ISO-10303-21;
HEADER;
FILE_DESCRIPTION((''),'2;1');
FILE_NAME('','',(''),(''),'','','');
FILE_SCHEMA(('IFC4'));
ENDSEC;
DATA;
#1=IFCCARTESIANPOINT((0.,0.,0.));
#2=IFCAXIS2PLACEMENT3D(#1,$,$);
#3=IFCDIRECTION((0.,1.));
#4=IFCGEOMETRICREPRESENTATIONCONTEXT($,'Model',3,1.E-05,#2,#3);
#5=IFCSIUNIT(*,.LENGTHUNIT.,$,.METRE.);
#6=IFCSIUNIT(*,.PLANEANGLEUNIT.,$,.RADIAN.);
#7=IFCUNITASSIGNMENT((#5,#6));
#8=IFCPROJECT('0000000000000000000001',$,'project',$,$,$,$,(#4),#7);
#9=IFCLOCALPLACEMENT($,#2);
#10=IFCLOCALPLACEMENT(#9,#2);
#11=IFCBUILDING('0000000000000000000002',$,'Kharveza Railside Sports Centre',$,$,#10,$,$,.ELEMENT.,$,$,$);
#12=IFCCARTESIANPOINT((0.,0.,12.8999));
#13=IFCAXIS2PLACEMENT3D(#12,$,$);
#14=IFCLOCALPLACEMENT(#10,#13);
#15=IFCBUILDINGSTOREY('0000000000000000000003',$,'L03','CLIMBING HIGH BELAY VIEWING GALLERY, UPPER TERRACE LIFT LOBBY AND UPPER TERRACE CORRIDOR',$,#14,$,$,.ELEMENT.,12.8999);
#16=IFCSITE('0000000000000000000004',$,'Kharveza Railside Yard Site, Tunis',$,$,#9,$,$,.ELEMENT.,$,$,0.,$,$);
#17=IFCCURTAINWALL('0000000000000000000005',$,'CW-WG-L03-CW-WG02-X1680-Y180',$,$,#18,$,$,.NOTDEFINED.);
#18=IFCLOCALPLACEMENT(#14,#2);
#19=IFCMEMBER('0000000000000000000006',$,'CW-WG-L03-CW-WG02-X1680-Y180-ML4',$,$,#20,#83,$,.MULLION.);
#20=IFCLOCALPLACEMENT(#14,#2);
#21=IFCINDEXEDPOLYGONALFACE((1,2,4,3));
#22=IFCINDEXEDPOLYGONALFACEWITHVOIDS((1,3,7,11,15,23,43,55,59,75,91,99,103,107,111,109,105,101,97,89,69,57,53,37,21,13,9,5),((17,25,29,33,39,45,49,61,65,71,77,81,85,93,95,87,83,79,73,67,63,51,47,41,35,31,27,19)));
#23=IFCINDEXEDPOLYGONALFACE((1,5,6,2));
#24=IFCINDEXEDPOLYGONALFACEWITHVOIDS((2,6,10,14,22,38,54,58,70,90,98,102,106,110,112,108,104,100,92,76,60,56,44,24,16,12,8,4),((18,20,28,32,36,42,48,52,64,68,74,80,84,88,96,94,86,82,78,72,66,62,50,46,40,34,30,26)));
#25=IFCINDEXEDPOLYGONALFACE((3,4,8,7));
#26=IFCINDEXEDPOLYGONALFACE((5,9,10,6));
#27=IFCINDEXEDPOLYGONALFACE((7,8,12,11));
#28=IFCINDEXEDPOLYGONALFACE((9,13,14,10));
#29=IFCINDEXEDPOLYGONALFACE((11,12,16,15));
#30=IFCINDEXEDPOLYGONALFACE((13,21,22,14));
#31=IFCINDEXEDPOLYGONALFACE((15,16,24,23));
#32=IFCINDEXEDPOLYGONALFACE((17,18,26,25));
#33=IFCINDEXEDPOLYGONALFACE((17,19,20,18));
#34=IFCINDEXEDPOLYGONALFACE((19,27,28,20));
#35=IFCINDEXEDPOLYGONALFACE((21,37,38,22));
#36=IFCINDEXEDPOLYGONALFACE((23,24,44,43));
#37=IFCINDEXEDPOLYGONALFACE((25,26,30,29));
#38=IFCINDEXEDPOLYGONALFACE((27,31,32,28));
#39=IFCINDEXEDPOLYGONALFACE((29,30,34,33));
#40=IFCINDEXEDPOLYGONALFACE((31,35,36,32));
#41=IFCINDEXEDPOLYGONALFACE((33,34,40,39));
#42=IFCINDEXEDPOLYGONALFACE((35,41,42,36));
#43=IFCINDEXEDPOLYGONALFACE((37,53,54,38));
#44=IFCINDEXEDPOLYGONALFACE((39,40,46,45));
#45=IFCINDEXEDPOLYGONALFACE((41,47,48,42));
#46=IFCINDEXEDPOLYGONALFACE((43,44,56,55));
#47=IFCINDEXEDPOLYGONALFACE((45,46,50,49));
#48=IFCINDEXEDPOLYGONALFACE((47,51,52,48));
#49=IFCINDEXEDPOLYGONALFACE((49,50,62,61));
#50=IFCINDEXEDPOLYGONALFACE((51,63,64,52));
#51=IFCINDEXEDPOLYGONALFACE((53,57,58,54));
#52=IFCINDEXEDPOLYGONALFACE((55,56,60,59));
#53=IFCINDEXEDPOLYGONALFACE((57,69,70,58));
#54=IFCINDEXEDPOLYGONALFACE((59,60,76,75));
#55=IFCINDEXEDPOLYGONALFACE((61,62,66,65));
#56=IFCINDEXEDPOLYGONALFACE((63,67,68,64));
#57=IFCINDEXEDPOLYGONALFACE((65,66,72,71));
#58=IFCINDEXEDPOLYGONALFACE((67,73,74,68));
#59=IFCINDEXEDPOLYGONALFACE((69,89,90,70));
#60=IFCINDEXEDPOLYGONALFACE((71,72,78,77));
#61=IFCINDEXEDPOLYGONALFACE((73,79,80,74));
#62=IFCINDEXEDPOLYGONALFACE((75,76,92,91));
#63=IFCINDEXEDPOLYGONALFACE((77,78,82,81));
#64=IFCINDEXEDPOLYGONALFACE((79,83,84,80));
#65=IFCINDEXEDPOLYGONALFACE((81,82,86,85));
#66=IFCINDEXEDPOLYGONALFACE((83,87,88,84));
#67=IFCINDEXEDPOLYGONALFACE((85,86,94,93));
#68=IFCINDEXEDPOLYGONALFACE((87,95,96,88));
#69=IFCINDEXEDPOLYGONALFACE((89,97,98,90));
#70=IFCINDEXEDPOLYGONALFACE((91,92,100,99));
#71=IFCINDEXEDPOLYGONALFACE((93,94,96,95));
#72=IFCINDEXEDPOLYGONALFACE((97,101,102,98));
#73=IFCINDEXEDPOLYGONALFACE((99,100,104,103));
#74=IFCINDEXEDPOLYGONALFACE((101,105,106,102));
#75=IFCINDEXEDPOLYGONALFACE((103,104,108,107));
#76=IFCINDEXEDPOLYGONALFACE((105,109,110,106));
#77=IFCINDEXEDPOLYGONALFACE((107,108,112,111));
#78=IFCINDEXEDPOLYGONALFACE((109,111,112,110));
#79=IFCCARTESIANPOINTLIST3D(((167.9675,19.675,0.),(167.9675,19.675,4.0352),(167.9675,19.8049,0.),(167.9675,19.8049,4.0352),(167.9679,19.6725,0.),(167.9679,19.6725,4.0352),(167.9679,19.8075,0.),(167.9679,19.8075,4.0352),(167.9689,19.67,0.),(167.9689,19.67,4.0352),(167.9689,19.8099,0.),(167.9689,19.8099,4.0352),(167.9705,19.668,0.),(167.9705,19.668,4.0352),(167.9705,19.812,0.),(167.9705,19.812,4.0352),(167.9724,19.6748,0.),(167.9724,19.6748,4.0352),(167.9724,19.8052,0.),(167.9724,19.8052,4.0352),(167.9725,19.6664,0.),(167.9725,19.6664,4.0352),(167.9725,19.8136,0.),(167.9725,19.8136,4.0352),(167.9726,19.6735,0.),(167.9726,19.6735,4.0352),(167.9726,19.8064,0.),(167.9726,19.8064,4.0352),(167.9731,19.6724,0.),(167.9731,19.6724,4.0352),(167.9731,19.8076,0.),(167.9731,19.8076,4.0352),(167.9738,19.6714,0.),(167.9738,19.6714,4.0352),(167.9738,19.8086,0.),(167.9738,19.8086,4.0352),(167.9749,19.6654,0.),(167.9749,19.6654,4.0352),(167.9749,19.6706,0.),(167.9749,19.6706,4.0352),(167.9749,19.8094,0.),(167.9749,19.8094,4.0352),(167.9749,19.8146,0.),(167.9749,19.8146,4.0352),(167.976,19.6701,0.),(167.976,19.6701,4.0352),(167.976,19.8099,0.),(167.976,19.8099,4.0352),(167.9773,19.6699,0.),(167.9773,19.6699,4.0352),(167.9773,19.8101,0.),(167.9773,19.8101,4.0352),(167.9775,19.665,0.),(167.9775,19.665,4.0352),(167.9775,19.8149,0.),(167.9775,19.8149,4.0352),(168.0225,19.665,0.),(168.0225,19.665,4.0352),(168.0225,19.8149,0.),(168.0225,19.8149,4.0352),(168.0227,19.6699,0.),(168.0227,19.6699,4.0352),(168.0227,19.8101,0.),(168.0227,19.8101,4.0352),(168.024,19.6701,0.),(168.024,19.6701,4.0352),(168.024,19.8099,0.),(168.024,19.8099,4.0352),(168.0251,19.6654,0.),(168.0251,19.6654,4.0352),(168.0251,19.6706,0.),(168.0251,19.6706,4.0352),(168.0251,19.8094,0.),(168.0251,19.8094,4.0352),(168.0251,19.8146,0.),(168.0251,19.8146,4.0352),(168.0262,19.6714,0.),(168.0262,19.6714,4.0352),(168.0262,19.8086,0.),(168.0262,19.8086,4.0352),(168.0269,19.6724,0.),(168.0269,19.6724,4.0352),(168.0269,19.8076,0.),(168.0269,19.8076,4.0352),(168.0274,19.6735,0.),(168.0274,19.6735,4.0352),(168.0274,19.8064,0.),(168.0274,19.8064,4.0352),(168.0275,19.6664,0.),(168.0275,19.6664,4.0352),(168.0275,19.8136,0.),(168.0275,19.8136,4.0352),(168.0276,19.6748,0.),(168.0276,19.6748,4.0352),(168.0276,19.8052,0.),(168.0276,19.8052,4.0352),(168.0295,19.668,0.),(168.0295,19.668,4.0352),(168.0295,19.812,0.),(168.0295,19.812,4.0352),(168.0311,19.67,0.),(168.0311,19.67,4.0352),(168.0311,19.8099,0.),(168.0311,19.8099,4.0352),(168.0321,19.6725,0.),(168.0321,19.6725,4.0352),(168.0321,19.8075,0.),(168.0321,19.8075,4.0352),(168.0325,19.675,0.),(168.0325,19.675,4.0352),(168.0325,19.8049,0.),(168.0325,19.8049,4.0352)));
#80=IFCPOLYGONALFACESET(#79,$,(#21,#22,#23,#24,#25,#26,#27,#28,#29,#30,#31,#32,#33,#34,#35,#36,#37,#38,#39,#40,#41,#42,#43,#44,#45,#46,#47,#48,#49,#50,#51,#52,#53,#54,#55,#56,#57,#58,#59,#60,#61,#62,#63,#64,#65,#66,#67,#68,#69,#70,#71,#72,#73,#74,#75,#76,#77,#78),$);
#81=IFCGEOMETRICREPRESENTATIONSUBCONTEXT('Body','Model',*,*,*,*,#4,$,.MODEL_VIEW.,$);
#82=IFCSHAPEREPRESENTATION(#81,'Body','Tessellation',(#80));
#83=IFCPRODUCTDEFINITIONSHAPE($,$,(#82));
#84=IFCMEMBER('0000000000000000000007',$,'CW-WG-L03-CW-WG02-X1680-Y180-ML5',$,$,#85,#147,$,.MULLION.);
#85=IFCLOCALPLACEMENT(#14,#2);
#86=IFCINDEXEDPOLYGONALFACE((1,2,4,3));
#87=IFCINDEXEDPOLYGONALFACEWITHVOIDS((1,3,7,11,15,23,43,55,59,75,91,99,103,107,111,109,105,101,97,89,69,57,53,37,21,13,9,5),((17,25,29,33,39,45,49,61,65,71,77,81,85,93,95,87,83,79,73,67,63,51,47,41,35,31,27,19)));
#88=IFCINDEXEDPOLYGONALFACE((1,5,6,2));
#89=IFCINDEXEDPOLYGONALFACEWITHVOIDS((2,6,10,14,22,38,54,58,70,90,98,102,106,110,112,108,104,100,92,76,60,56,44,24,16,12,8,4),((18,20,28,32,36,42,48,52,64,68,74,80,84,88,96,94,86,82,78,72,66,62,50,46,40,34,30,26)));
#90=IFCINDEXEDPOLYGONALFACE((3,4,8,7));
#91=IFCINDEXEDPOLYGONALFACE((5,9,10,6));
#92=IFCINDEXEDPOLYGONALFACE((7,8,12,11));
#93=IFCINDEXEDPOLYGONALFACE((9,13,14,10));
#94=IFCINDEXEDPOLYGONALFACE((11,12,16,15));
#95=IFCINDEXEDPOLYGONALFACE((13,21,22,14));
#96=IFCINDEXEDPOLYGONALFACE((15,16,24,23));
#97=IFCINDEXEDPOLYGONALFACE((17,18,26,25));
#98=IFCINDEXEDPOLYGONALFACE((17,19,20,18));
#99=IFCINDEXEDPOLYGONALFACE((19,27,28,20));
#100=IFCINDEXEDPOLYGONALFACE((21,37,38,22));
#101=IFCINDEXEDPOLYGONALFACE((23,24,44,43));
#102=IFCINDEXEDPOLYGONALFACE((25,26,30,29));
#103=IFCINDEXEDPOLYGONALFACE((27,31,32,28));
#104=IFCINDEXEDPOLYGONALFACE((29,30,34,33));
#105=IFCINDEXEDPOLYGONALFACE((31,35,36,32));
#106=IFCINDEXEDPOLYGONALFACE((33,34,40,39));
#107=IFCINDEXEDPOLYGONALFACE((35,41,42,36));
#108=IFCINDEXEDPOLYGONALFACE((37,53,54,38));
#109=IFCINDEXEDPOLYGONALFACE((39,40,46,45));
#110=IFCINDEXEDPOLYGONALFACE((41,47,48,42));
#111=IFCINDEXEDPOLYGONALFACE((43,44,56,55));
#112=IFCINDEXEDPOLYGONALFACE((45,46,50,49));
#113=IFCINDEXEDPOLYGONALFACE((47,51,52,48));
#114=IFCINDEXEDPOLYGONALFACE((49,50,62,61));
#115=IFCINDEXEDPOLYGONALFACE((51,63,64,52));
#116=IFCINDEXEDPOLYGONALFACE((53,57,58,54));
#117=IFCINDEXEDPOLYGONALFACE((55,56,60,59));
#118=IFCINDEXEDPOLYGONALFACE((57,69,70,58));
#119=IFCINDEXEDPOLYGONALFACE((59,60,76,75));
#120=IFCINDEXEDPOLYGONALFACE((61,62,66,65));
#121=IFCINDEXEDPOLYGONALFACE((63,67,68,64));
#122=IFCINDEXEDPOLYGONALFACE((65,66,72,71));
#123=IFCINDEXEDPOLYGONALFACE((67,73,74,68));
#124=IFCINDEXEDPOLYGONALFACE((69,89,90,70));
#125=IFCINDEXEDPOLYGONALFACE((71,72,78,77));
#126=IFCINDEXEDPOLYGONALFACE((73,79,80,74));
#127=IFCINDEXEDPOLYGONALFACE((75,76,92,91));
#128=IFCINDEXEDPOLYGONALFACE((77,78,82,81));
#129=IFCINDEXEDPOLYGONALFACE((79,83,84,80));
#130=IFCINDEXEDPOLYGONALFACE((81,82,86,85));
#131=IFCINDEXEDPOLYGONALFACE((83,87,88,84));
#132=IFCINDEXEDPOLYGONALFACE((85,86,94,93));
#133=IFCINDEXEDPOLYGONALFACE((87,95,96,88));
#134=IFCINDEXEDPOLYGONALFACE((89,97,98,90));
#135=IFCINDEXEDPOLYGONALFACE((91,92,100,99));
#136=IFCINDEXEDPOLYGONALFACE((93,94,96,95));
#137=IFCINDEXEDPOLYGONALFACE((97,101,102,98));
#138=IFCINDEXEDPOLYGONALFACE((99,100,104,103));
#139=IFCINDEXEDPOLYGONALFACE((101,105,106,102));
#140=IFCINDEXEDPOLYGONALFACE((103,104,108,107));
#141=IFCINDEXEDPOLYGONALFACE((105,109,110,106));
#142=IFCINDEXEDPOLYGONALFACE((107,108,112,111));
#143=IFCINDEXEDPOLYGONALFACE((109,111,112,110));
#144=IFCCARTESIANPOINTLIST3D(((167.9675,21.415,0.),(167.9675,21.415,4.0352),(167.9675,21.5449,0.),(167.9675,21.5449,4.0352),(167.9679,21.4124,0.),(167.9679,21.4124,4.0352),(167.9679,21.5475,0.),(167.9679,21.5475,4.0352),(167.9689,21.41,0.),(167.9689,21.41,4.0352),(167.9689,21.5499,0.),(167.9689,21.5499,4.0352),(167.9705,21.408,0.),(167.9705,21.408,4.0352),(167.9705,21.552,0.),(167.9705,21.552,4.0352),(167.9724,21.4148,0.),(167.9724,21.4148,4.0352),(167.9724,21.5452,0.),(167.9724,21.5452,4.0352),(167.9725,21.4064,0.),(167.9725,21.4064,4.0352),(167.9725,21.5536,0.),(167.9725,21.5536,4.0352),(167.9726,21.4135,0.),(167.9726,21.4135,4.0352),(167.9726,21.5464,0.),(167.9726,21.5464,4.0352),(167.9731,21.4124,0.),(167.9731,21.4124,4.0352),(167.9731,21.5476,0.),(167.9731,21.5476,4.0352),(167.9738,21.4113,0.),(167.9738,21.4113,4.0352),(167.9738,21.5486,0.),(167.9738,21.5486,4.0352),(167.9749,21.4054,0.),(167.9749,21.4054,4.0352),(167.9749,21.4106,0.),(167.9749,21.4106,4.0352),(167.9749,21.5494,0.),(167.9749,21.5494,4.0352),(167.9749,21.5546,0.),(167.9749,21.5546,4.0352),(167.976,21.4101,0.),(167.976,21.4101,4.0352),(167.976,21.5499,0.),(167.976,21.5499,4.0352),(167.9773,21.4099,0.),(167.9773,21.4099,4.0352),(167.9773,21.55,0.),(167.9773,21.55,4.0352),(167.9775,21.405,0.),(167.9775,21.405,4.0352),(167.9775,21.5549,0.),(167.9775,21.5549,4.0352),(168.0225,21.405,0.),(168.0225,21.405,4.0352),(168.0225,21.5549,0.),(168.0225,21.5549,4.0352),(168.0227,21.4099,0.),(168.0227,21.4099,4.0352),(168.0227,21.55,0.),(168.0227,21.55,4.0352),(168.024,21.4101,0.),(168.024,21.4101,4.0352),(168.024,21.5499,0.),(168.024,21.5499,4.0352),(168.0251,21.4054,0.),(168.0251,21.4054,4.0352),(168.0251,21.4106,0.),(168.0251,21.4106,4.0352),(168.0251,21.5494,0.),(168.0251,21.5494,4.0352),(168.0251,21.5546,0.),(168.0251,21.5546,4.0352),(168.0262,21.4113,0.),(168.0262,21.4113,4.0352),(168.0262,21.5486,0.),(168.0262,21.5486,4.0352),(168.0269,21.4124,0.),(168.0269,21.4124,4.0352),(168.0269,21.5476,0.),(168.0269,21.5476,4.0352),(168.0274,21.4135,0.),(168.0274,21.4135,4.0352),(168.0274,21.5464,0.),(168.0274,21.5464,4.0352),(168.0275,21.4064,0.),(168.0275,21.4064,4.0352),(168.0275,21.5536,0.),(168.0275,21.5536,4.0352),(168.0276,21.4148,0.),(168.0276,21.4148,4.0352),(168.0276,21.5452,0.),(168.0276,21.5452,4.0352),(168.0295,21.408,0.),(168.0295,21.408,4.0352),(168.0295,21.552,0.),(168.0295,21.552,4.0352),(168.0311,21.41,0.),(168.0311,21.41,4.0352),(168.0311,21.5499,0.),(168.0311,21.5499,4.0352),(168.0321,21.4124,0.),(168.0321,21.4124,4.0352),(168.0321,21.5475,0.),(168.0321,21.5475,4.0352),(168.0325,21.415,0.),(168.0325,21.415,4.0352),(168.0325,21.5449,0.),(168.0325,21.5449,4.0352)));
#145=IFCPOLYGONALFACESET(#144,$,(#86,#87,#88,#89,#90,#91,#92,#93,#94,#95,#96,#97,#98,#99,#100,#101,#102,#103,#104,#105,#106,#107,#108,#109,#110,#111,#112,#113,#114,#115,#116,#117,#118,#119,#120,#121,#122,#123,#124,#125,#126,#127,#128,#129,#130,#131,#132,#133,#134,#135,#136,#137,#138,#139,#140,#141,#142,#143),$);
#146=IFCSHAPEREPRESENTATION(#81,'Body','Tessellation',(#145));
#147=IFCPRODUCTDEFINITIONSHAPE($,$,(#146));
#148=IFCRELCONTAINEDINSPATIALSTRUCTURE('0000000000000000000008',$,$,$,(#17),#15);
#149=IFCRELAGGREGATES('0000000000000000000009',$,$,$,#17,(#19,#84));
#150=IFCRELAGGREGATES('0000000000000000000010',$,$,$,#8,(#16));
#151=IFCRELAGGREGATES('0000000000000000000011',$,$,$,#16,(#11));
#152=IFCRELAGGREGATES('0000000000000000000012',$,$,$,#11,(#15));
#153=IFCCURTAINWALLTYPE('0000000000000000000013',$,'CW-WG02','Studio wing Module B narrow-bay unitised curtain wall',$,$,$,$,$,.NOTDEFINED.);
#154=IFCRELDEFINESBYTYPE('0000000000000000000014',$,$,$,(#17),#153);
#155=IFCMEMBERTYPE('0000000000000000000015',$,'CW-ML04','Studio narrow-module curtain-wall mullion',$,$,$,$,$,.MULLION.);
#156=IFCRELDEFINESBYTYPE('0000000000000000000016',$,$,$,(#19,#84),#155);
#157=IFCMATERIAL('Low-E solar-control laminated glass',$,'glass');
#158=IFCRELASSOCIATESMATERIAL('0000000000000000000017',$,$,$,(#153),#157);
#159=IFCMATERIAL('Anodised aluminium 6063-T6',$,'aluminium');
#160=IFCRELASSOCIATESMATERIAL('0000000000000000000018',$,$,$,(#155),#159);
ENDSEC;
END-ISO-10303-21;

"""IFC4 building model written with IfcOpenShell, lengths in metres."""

from ifc_helpers import new_model, si_unit, direction, frame, origin, origin_2d, place, context, subcontext, project, spatial, hollow_rectangle, extrude, material, material_profile, profile_set, type_object, element, aggregate, save


model = new_model("IFC4")

# Units and contexts
model_context = context("Model", 3, precision=1e-05, world=origin(), true_north=direction((0.0, 1.0)))
body_context = subcontext(model_context, "Body", "Model", "MODEL_VIEW")
ifc_project = project(units=[si_unit("LENGTHUNIT", "METRE"), si_unit("PLANEANGLEUNIT", "RADIAN")], contexts=[model_context])

# Site, building, storey
site_placement = place(None, origin())
site = spatial("IfcSite", under=ifc_project, at=site_placement, Name="Kharveza Railside Yard Site, Tunis", CompositionType="ELEMENT", RefElevation=0.0)
building_placement = place(site_placement, origin())
building = spatial("IfcBuilding", under=site, at=building_placement, Name="Kharveza Railside Sports Centre", CompositionType="ELEMENT")
storey_placement = place(building_placement, frame((0.0, 0.0, 12.8999)))
storey = spatial("IfcBuildingStorey", under=building, at=storey_placement, Name="L03", Description="CLIMBING HIGH BELAY VIEWING GALLERY, UPPER TERRACE LIFT LOBBY AND UPPER TERRACE CORRIDOR", CompositionType="ELEMENT", Elevation=12.8999)

# Curtain wall, members
ifc_material_1 = material(Name="Low-E solar-control laminated glass", Category="glass")
curtain_wall_type = type_object("IfcCurtainWallType", Name="CW-WG02", Description="Studio wing Module B narrow-bay unitised curtain wall", PredefinedType="NOTDEFINED", material=ifc_material_1)
curtain_wall_placement = place(storey_placement, origin())
curtain_wall = element("IfcCurtainWall", 1, at=curtain_wall_placement, inside=storey, type_object=curtain_wall_type, Name="CW-WG-L03-CW-WG02-X1680-Y180", PredefinedType="NOTDEFINED")
ifc_material_2 = material(Name="Anodised aluminium 6063-T6", Category="aluminium")
ifc_material_profile_1 = material_profile(ifc_material_2, hollow_rectangle(XDim=0.0649, YDim=0.1499, WallThickness=0.0049, InnerFilletRadius=0.0049, OuterFilletRadius=0.01, at=origin_2d()), Name="RHS 65x150x5.0")
ifc_profile_set_1 = profile_set([ifc_material_profile_1], Name="Anodised aluminium 6063-T6")
member_type_1 = type_object("IfcMemberType", Name="CW-ML04", Description="Studio narrow-module curtain-wall mullion", PredefinedType="MULLION", material=ifc_profile_set_1)
member_1_placement = place(storey_placement, frame((168.0, 19.74, 0.0), z_axis=(0.0, 0.0, 1.0), x_axis=(1.0, 0.0, 0.0)))
member_1 = element("IfcMember", 2, at=member_1_placement, type_object=member_type_1, Name="CW-WG-L03-CW-WG02-X1680-Y180-ML4", PredefinedType="MULLION", context=body_context, shape_type="SweptSolid", body=[
    extrude(hollow_rectangle(XDim=0.0649, YDim=0.1499, WallThickness=0.0049, InnerFilletRadius=0.0049, OuterFilletRadius=0.01, at=origin_2d()), origin(), (0.0, 0.0, 1.0), 4.0352),
])
member_2_placement = place(storey_placement, frame((168.0, 21.48, 0.0), z_axis=(0.0, 0.0, 1.0), x_axis=(1.0, 0.0, 0.0)))
member_2 = element("IfcMember", 3, at=member_2_placement, type_object=member_type_1, Name="CW-WG-L03-CW-WG02-X1680-Y180-ML5", PredefinedType="MULLION", context=body_context, shape_type="SweptSolid", body=[
    extrude(hollow_rectangle(XDim=0.0649, YDim=0.1499, WallThickness=0.0049, InnerFilletRadius=0.0049, OuterFilletRadius=0.01, at=origin_2d()), origin(), (0.0, 0.0, 1.0), 4.0352),
])
aggregate(curtain_wall, [member_1, member_2])

save(model, "model.ifc")
